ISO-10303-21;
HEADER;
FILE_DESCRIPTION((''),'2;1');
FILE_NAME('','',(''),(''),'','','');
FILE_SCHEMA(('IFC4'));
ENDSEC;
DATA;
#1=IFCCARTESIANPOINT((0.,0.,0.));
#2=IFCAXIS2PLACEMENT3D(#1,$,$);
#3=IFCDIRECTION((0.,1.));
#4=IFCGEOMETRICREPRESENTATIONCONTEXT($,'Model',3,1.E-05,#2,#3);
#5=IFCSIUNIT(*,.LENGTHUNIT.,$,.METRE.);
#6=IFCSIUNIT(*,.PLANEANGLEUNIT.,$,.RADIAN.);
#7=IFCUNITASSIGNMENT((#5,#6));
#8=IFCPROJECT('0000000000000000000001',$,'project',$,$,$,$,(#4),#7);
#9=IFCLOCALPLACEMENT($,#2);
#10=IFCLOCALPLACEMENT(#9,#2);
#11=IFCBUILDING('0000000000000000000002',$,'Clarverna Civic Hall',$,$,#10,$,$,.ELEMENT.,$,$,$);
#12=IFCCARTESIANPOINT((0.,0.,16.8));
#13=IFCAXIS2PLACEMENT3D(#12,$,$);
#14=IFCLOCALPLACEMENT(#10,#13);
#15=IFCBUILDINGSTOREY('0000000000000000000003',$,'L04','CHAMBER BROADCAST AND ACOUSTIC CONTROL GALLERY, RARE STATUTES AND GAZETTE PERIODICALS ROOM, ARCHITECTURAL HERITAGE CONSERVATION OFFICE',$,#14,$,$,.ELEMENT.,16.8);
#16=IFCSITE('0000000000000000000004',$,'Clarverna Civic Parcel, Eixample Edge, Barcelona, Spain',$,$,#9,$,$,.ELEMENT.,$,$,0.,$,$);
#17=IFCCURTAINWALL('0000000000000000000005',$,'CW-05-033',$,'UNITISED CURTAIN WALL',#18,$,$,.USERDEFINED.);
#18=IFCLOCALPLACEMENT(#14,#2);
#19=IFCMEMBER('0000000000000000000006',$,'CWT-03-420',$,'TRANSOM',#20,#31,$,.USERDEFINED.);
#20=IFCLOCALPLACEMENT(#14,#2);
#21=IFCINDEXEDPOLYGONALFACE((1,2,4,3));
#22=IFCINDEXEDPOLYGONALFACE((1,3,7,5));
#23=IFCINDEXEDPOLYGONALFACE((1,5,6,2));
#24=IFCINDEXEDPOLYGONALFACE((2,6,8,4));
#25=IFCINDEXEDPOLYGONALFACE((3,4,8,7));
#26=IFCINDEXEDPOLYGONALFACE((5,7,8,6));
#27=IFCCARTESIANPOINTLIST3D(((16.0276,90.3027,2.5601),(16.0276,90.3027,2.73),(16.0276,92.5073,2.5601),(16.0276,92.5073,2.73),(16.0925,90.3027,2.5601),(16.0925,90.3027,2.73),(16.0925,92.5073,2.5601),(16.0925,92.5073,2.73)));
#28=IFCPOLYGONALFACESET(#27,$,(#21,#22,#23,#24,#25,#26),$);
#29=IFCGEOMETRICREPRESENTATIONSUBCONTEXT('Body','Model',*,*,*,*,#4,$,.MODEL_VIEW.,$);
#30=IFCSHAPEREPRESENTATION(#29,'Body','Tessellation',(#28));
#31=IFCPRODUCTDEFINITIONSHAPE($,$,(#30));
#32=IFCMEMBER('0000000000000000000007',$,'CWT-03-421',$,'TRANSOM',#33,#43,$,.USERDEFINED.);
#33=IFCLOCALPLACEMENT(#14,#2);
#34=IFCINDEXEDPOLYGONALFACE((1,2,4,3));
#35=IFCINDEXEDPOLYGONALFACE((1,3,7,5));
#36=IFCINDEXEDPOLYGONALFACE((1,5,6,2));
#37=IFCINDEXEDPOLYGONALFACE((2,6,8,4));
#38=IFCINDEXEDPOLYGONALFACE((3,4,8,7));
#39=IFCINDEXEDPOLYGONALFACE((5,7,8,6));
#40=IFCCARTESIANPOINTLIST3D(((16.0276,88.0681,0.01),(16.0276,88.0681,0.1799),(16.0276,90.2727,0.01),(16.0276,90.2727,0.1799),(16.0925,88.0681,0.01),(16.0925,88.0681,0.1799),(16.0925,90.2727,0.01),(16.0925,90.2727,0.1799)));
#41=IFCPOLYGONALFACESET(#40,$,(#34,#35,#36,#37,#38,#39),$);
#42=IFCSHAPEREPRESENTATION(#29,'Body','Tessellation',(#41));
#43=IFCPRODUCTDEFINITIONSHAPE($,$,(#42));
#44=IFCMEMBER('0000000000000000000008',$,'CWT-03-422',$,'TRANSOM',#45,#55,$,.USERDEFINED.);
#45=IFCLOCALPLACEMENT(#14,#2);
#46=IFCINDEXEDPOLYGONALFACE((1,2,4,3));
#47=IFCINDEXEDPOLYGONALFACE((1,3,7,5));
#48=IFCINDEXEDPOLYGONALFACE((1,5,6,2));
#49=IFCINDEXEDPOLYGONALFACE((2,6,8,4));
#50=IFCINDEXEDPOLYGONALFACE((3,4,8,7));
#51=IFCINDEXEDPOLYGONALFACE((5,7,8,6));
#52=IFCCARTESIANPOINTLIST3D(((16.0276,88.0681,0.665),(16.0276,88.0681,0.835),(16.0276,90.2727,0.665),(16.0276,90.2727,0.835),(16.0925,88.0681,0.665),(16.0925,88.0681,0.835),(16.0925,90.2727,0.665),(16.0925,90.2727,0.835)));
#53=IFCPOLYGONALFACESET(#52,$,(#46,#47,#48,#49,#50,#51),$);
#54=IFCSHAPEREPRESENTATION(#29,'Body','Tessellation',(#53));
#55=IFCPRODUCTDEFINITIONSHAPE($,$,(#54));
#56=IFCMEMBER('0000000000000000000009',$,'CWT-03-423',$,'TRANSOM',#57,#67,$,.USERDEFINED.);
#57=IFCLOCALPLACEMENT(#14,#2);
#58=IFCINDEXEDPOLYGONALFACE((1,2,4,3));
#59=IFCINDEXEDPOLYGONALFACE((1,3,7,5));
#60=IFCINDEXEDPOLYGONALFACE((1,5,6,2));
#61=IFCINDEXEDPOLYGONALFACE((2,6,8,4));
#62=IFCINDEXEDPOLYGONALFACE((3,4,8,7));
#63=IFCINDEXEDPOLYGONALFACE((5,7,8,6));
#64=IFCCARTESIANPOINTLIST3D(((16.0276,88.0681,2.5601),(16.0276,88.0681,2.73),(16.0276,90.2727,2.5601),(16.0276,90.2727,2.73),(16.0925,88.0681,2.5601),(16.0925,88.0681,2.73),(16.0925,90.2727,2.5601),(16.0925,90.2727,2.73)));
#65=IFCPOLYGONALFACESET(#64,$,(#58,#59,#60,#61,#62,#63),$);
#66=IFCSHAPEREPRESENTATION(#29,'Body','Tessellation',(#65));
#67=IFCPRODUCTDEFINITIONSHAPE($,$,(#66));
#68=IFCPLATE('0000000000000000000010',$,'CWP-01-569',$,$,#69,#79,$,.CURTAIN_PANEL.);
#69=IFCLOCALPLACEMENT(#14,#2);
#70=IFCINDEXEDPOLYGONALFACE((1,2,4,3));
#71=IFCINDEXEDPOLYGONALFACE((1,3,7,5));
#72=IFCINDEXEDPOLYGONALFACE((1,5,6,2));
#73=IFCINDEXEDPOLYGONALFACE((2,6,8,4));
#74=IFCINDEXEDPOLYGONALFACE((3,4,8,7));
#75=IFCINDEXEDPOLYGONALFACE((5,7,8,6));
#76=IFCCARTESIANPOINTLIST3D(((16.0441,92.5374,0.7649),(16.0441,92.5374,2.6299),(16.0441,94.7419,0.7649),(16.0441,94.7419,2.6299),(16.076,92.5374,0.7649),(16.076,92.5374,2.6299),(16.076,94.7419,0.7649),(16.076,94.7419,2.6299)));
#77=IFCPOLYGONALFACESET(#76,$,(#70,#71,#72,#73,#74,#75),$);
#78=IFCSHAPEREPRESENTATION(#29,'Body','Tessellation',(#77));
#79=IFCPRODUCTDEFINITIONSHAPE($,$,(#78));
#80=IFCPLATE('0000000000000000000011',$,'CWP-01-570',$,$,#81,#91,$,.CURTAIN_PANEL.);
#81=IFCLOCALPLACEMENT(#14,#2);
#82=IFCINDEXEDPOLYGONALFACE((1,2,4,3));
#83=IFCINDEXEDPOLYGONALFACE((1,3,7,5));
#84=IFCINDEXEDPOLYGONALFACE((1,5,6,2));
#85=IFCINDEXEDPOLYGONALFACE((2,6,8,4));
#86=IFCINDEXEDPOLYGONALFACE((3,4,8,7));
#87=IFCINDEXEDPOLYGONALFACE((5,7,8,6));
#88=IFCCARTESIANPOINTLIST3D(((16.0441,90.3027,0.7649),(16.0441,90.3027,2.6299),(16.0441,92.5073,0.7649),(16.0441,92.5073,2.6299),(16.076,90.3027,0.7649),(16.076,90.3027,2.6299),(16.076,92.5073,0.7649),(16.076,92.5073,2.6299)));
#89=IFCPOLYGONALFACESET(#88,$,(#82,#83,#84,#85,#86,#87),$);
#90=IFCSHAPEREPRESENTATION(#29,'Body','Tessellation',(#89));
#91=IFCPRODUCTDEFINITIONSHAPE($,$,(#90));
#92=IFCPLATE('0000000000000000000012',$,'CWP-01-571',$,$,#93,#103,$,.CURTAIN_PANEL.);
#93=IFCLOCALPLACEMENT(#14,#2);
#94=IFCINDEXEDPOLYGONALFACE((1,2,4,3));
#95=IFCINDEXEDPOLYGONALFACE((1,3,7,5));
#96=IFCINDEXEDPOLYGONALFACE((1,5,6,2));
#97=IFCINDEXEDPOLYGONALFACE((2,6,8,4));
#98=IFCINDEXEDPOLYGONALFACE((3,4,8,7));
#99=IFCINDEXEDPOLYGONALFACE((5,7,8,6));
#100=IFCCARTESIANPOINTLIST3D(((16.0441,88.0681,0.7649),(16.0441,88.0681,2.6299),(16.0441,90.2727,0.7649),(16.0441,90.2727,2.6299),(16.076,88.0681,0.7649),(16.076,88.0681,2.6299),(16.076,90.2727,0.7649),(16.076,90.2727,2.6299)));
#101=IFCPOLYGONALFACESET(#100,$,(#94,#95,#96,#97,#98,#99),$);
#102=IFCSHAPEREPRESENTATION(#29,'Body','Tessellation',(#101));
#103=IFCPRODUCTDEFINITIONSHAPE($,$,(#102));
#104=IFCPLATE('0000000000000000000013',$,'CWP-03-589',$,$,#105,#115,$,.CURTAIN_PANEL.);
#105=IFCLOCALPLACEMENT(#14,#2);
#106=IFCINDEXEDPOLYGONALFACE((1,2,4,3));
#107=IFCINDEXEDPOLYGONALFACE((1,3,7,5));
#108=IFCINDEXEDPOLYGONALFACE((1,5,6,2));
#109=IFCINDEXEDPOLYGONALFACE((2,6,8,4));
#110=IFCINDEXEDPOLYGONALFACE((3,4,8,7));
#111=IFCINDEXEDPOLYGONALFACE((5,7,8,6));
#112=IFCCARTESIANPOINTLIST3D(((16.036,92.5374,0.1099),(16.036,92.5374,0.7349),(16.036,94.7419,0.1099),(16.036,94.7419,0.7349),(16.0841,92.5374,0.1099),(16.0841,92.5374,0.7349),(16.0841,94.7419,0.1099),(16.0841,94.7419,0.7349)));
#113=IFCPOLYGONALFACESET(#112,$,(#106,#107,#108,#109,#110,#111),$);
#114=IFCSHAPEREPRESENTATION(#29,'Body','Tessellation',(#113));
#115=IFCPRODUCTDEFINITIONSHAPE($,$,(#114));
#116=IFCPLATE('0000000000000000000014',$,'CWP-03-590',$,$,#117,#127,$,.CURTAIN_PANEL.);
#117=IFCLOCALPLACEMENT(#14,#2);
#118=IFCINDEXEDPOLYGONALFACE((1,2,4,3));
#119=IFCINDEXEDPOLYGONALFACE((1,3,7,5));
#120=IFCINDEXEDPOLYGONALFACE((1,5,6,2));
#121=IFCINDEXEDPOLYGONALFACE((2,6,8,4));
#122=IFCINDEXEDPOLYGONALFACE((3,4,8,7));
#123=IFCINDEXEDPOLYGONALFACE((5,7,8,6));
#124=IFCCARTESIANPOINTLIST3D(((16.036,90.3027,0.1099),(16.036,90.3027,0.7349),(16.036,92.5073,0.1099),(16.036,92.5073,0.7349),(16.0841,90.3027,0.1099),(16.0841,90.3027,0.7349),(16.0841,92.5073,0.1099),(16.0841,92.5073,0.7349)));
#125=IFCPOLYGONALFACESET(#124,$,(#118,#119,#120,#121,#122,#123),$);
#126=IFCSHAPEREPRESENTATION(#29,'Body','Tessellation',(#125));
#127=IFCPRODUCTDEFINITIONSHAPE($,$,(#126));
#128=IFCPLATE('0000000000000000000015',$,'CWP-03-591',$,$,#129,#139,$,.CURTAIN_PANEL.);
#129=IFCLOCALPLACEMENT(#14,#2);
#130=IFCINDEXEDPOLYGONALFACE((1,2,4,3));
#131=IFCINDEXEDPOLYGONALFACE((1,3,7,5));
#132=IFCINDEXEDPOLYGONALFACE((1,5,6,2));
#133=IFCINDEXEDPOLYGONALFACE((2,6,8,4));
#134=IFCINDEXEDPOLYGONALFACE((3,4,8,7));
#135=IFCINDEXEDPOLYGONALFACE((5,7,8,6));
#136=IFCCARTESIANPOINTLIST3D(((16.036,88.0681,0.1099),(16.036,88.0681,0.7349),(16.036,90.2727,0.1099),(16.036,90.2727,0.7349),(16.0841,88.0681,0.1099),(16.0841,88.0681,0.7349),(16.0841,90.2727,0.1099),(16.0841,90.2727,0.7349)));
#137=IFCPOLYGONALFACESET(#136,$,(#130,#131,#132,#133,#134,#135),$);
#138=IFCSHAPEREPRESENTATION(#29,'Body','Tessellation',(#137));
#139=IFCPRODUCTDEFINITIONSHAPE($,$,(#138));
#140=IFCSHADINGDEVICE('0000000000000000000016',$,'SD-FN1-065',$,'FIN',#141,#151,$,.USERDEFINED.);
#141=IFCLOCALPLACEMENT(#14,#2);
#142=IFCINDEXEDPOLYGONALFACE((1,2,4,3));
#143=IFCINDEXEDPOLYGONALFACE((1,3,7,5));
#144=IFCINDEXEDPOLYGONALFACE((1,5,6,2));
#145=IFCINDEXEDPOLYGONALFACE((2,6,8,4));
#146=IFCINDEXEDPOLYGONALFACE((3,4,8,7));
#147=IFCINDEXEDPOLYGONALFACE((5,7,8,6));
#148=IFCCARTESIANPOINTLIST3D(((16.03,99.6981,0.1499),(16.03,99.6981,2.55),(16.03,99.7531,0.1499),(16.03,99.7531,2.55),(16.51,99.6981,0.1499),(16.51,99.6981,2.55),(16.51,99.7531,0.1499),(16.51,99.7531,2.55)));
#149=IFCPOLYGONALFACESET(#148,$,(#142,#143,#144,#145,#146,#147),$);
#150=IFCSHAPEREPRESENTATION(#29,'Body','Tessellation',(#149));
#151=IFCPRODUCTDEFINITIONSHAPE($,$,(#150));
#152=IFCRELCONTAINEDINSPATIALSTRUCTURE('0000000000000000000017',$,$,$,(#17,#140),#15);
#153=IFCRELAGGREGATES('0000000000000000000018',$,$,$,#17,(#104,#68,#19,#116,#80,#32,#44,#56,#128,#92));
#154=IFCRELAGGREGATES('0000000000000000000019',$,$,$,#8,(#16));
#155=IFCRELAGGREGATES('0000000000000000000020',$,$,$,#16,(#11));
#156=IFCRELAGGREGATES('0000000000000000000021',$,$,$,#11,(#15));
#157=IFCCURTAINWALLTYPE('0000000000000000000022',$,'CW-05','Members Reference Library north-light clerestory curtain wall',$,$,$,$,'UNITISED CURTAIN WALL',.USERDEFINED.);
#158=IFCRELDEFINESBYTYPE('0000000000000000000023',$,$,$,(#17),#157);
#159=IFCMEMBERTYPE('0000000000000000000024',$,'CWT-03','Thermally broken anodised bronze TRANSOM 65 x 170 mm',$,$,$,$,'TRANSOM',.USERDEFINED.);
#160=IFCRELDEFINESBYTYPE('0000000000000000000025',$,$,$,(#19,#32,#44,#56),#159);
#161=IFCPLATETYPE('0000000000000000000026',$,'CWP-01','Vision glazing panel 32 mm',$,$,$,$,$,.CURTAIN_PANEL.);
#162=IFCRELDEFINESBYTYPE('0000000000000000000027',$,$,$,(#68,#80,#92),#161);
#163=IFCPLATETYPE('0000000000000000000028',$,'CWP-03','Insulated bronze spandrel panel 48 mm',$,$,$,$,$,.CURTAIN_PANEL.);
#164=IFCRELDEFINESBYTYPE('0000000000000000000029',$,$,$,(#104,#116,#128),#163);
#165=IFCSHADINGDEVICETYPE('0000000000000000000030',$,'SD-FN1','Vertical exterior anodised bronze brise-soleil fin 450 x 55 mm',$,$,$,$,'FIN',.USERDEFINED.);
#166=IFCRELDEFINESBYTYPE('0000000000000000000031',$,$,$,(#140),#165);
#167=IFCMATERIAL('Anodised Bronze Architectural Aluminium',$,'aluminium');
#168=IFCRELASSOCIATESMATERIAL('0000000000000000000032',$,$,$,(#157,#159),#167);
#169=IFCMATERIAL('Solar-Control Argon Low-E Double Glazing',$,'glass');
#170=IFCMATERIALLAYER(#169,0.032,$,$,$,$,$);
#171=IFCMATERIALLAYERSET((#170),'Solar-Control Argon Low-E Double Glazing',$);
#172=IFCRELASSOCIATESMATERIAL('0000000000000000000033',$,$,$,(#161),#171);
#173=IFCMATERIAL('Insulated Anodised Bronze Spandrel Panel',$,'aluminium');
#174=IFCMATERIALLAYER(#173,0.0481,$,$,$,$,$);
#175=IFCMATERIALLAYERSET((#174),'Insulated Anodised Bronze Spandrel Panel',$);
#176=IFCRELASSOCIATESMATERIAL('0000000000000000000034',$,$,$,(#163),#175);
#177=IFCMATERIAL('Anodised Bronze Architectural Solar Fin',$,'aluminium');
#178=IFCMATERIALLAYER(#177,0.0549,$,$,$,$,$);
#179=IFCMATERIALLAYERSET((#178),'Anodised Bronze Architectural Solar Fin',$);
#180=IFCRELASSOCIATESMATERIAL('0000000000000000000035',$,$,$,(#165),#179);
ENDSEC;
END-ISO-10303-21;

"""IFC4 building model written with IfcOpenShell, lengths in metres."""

from ifc_helpers import new_model, si_unit, direction, frame, frame_2d, origin, origin_2d, place, context, subcontext, project, spatial, rectangle, extrude, material, layer, layer_set, material_profile, profile_set, type_object, element, aggregate, save


model = new_model("IFC4")

# Units and contexts
model_context = context("Model", 3, precision=1e-05, world=origin(), true_north=direction((0.0, 1.0)))
body_context = subcontext(model_context, "Body", "Model", "MODEL_VIEW")
ifc_project = project(units=[si_unit("LENGTHUNIT", "METRE"), si_unit("PLANEANGLEUNIT", "RADIAN")], contexts=[model_context])

# Site, building, storey
site_placement = place(None, origin())
site = spatial("IfcSite", under=ifc_project, at=site_placement, Name="Clarverna Civic Parcel, Eixample Edge, Barcelona, Spain", CompositionType="ELEMENT", RefElevation=0.0)
building_placement = place(site_placement, origin())
building = spatial("IfcBuilding", under=site, at=building_placement, Name="Clarverna Civic Hall", CompositionType="ELEMENT")
storey_placement = place(building_placement, frame((0.0, 0.0, 16.8)))
storey = spatial("IfcBuildingStorey", under=building, at=storey_placement, Name="L04", Description="CHAMBER BROADCAST AND ACOUSTIC CONTROL GALLERY, RARE STATUTES AND GAZETTE PERIODICALS ROOM, ARCHITECTURAL HERITAGE CONSERVATION OFFICE", CompositionType="ELEMENT", Elevation=16.8)

# Shared definitions
ifc_material_1 = material(Name="Anodised Bronze Architectural Aluminium", Category="aluminium")
curtain_wall_type = type_object("IfcCurtainWallType", Name="CW-05", Description="Members Reference Library north-light clerestory curtain wall", ElementType="UNITISED CURTAIN WALL", PredefinedType="USERDEFINED", material=ifc_material_1)

# Curtain wall, members, plates
curtain_wall_1_placement = place(storey_placement, origin())
curtain_wall_1 = element("IfcCurtainWall", 1, at=curtain_wall_1_placement, inside=storey, type_object=curtain_wall_type, Name="CW-05-033", ObjectType="UNITISED CURTAIN WALL", PredefinedType="USERDEFINED")
ifc_material_profile_1 = material_profile(ifc_material_1, rectangle(XDim=0.0649, YDim=0.1699, at=origin_2d()), Name="BRONZE 65x170")
ifc_profile_set_1 = profile_set([ifc_material_profile_1], Name="Anodised Bronze Architectural Aluminium")
member_type_1 = type_object("IfcMemberType", Name="CWT-03", Description="Thermally broken anodised bronze TRANSOM 65 x 170 mm", ElementType="TRANSOM", PredefinedType="USERDEFINED", material=ifc_profile_set_1)
member_1_placement = place(storey_placement, frame((16.0601, 92.5073, 2.645), z_axis=(0.0, -1.0, 0.0), x_axis=(1.0, 0.0, 0.0)))
member_1 = element("IfcMember", 2, at=member_1_placement, type_object=member_type_1, Name="CWT-03-420", ObjectType="TRANSOM", PredefinedType="USERDEFINED", context=body_context, shape_type="SweptSolid", body=[
    extrude(rectangle(XDim=0.0649, YDim=0.1699, at=origin_2d()), origin(), (0.0, 0.0, 1.0), 2.2046),
])
member_2_placement = place(storey_placement, frame((16.0601, 90.2727, 0.095), z_axis=(0.0, -1.0, 0.0), x_axis=(1.0, 0.0, 0.0)))
member_2 = element("IfcMember", 3, at=member_2_placement, type_object=member_type_1, Name="CWT-03-421", ObjectType="TRANSOM", PredefinedType="USERDEFINED", context=body_context, shape_type="SweptSolid", body=[
    extrude(rectangle(XDim=0.0649, YDim=0.1699, at=origin_2d()), origin(), (0.0, 0.0, 1.0), 2.2046),
])
member_3_placement = place(storey_placement, frame((16.0601, 90.2727, 0.75), z_axis=(0.0, -1.0, 0.0), x_axis=(1.0, 0.0, 0.0)))
member_3 = element("IfcMember", 4, at=member_3_placement, type_object=member_type_1, Name="CWT-03-422", ObjectType="TRANSOM", PredefinedType="USERDEFINED", context=body_context, shape_type="SweptSolid", body=[
    extrude(rectangle(XDim=0.0649, YDim=0.1699, at=origin_2d()), origin(), (0.0, 0.0, 1.0), 2.2046),
])
member_4_placement = place(storey_placement, frame((16.0601, 90.2727, 2.645), z_axis=(0.0, -1.0, 0.0), x_axis=(1.0, 0.0, 0.0)))
member_4 = element("IfcMember", 5, at=member_4_placement, type_object=member_type_1, Name="CWT-03-423", ObjectType="TRANSOM", PredefinedType="USERDEFINED", context=body_context, shape_type="SweptSolid", body=[
    extrude(rectangle(XDim=0.0649, YDim=0.1699, at=origin_2d()), origin(), (0.0, 0.0, 1.0), 2.2046),
])
ifc_material_2 = material(Name="Solar-Control Argon Low-E Double Glazing", Category="glass")
ifc_layer_1 = layer(ifc_material_2, 0.032)
ifc_layer_set_1 = layer_set([ifc_layer_1], Name="Solar-Control Argon Low-E Double Glazing")
plate_type_1 = type_object("IfcPlateType", Name="CWP-01", Description="Vision glazing panel 32 mm", PredefinedType="CURTAIN_PANEL", material=ifc_layer_set_1)
plate_1_placement = place(storey_placement, frame((16.0601, 94.7419, 0.7649), z_axis=(0.0, 0.0, 1.0), x_axis=(0.0, -1.0, 0.0)))
plate_1 = element("IfcPlate", 6, at=plate_1_placement, type_object=plate_type_1, Name="CWP-01-569", PredefinedType="CURTAIN_PANEL", context=body_context, shape_type="SweptSolid", body=[
    extrude(rectangle(XDim=2.2046, YDim=0.032, at=frame_2d((1.1023, 0.0))), origin(), (0.0, 0.0, 1.0), 1.865),
])
plate_2_placement = place(storey_placement, frame((16.0601, 92.5073, 0.7649), z_axis=(0.0, 0.0, 1.0), x_axis=(0.0, -1.0, 0.0)))
plate_2 = element("IfcPlate", 7, at=plate_2_placement, type_object=plate_type_1, Name="CWP-01-570", PredefinedType="CURTAIN_PANEL", context=body_context, shape_type="SweptSolid", body=[
    extrude(rectangle(XDim=2.2046, YDim=0.032, at=frame_2d((1.1023, 0.0))), origin(), (0.0, 0.0, 1.0), 1.865),
])
plate_3_placement = place(storey_placement, frame((16.0601, 90.2727, 0.7649), z_axis=(0.0, 0.0, 1.0), x_axis=(0.0, -1.0, 0.0)))
plate_3 = element("IfcPlate", 8, at=plate_3_placement, type_object=plate_type_1, Name="CWP-01-571", PredefinedType="CURTAIN_PANEL", context=body_context, shape_type="SweptSolid", body=[
    extrude(rectangle(XDim=2.2046, YDim=0.032, at=frame_2d((1.1023, 0.0))), origin(), (0.0, 0.0, 1.0), 1.865),
])
ifc_material_3 = material(Name="Insulated Anodised Bronze Spandrel Panel", Category="aluminium")
ifc_layer_2 = layer(ifc_material_3, 0.0481)
ifc_layer_set_2 = layer_set([ifc_layer_2], Name="Insulated Anodised Bronze Spandrel Panel")
plate_type_2 = type_object("IfcPlateType", Name="CWP-03", Description="Insulated bronze spandrel panel 48 mm", PredefinedType="CURTAIN_PANEL", material=ifc_layer_set_2)
plate_4_placement = place(storey_placement, frame((16.0601, 94.7419, 0.1099), z_axis=(0.0, 0.0, 1.0), x_axis=(0.0, -1.0, 0.0)))
plate_4 = element("IfcPlate", 9, at=plate_4_placement, type_object=plate_type_2, Name="CWP-03-589", PredefinedType="CURTAIN_PANEL", context=body_context, shape_type="SweptSolid", body=[
    extrude(rectangle(XDim=2.2046, YDim=0.0481, at=frame_2d((1.1023, 0.0))), origin(), (0.0, 0.0, 1.0), 0.625),
])
plate_5_placement = place(storey_placement, frame((16.0601, 92.5073, 0.1099), z_axis=(0.0, 0.0, 1.0), x_axis=(0.0, -1.0, 0.0)))
plate_5 = element("IfcPlate", 10, at=plate_5_placement, type_object=plate_type_2, Name="CWP-03-590", PredefinedType="CURTAIN_PANEL", context=body_context, shape_type="SweptSolid", body=[
    extrude(rectangle(XDim=2.2046, YDim=0.0481, at=frame_2d((1.1023, 0.0))), origin(), (0.0, 0.0, 1.0), 0.625),
])
plate_6_placement = place(storey_placement, frame((16.0601, 90.2727, 0.1099), z_axis=(0.0, 0.0, 1.0), x_axis=(0.0, -1.0, 0.0)))
plate_6 = element("IfcPlate", 11, at=plate_6_placement, type_object=plate_type_2, Name="CWP-03-591", PredefinedType="CURTAIN_PANEL", context=body_context, shape_type="SweptSolid", body=[
    extrude(rectangle(XDim=2.2046, YDim=0.0481, at=frame_2d((1.1023, 0.0))), origin(), (0.0, 0.0, 1.0), 0.625),
])
aggregate(curtain_wall_1, [plate_4, plate_1, member_1, plate_5, plate_2, member_2, member_3, member_4, plate_6, plate_3])

# Shading device
ifc_material_4 = material(Name="Anodised Bronze Architectural Solar Fin", Category="aluminium")
ifc_layer_3 = layer(ifc_material_4, 0.0549)
ifc_layer_set_3 = layer_set([ifc_layer_3], Name="Anodised Bronze Architectural Solar Fin")
shading_device_type = type_object("IfcShadingDeviceType", Name="SD-FN1", Description="Vertical exterior anodised bronze brise-soleil fin 450 x 55 mm", ElementType="FIN", PredefinedType="USERDEFINED", material=ifc_layer_set_3)
shading_device_placement = place(storey_placement, frame((16.03, 99.7256, 0.1499), z_axis=(0.0, 0.0, 1.0), x_axis=(1.0, 0.0, 0.0)))
element("IfcShadingDevice", 12, at=shading_device_placement, inside=storey, type_object=shading_device_type, Name="SD-FN1-065", ObjectType="FIN", PredefinedType="USERDEFINED", context=body_context, shape_type="SweptSolid", body=[
    extrude(rectangle(XDim=0.48, YDim=0.0549, at=frame_2d((0.24, 0.0))), origin(), (0.0, 0.0, 1.0), 2.4001),
])

save(model, "model.ifc")
